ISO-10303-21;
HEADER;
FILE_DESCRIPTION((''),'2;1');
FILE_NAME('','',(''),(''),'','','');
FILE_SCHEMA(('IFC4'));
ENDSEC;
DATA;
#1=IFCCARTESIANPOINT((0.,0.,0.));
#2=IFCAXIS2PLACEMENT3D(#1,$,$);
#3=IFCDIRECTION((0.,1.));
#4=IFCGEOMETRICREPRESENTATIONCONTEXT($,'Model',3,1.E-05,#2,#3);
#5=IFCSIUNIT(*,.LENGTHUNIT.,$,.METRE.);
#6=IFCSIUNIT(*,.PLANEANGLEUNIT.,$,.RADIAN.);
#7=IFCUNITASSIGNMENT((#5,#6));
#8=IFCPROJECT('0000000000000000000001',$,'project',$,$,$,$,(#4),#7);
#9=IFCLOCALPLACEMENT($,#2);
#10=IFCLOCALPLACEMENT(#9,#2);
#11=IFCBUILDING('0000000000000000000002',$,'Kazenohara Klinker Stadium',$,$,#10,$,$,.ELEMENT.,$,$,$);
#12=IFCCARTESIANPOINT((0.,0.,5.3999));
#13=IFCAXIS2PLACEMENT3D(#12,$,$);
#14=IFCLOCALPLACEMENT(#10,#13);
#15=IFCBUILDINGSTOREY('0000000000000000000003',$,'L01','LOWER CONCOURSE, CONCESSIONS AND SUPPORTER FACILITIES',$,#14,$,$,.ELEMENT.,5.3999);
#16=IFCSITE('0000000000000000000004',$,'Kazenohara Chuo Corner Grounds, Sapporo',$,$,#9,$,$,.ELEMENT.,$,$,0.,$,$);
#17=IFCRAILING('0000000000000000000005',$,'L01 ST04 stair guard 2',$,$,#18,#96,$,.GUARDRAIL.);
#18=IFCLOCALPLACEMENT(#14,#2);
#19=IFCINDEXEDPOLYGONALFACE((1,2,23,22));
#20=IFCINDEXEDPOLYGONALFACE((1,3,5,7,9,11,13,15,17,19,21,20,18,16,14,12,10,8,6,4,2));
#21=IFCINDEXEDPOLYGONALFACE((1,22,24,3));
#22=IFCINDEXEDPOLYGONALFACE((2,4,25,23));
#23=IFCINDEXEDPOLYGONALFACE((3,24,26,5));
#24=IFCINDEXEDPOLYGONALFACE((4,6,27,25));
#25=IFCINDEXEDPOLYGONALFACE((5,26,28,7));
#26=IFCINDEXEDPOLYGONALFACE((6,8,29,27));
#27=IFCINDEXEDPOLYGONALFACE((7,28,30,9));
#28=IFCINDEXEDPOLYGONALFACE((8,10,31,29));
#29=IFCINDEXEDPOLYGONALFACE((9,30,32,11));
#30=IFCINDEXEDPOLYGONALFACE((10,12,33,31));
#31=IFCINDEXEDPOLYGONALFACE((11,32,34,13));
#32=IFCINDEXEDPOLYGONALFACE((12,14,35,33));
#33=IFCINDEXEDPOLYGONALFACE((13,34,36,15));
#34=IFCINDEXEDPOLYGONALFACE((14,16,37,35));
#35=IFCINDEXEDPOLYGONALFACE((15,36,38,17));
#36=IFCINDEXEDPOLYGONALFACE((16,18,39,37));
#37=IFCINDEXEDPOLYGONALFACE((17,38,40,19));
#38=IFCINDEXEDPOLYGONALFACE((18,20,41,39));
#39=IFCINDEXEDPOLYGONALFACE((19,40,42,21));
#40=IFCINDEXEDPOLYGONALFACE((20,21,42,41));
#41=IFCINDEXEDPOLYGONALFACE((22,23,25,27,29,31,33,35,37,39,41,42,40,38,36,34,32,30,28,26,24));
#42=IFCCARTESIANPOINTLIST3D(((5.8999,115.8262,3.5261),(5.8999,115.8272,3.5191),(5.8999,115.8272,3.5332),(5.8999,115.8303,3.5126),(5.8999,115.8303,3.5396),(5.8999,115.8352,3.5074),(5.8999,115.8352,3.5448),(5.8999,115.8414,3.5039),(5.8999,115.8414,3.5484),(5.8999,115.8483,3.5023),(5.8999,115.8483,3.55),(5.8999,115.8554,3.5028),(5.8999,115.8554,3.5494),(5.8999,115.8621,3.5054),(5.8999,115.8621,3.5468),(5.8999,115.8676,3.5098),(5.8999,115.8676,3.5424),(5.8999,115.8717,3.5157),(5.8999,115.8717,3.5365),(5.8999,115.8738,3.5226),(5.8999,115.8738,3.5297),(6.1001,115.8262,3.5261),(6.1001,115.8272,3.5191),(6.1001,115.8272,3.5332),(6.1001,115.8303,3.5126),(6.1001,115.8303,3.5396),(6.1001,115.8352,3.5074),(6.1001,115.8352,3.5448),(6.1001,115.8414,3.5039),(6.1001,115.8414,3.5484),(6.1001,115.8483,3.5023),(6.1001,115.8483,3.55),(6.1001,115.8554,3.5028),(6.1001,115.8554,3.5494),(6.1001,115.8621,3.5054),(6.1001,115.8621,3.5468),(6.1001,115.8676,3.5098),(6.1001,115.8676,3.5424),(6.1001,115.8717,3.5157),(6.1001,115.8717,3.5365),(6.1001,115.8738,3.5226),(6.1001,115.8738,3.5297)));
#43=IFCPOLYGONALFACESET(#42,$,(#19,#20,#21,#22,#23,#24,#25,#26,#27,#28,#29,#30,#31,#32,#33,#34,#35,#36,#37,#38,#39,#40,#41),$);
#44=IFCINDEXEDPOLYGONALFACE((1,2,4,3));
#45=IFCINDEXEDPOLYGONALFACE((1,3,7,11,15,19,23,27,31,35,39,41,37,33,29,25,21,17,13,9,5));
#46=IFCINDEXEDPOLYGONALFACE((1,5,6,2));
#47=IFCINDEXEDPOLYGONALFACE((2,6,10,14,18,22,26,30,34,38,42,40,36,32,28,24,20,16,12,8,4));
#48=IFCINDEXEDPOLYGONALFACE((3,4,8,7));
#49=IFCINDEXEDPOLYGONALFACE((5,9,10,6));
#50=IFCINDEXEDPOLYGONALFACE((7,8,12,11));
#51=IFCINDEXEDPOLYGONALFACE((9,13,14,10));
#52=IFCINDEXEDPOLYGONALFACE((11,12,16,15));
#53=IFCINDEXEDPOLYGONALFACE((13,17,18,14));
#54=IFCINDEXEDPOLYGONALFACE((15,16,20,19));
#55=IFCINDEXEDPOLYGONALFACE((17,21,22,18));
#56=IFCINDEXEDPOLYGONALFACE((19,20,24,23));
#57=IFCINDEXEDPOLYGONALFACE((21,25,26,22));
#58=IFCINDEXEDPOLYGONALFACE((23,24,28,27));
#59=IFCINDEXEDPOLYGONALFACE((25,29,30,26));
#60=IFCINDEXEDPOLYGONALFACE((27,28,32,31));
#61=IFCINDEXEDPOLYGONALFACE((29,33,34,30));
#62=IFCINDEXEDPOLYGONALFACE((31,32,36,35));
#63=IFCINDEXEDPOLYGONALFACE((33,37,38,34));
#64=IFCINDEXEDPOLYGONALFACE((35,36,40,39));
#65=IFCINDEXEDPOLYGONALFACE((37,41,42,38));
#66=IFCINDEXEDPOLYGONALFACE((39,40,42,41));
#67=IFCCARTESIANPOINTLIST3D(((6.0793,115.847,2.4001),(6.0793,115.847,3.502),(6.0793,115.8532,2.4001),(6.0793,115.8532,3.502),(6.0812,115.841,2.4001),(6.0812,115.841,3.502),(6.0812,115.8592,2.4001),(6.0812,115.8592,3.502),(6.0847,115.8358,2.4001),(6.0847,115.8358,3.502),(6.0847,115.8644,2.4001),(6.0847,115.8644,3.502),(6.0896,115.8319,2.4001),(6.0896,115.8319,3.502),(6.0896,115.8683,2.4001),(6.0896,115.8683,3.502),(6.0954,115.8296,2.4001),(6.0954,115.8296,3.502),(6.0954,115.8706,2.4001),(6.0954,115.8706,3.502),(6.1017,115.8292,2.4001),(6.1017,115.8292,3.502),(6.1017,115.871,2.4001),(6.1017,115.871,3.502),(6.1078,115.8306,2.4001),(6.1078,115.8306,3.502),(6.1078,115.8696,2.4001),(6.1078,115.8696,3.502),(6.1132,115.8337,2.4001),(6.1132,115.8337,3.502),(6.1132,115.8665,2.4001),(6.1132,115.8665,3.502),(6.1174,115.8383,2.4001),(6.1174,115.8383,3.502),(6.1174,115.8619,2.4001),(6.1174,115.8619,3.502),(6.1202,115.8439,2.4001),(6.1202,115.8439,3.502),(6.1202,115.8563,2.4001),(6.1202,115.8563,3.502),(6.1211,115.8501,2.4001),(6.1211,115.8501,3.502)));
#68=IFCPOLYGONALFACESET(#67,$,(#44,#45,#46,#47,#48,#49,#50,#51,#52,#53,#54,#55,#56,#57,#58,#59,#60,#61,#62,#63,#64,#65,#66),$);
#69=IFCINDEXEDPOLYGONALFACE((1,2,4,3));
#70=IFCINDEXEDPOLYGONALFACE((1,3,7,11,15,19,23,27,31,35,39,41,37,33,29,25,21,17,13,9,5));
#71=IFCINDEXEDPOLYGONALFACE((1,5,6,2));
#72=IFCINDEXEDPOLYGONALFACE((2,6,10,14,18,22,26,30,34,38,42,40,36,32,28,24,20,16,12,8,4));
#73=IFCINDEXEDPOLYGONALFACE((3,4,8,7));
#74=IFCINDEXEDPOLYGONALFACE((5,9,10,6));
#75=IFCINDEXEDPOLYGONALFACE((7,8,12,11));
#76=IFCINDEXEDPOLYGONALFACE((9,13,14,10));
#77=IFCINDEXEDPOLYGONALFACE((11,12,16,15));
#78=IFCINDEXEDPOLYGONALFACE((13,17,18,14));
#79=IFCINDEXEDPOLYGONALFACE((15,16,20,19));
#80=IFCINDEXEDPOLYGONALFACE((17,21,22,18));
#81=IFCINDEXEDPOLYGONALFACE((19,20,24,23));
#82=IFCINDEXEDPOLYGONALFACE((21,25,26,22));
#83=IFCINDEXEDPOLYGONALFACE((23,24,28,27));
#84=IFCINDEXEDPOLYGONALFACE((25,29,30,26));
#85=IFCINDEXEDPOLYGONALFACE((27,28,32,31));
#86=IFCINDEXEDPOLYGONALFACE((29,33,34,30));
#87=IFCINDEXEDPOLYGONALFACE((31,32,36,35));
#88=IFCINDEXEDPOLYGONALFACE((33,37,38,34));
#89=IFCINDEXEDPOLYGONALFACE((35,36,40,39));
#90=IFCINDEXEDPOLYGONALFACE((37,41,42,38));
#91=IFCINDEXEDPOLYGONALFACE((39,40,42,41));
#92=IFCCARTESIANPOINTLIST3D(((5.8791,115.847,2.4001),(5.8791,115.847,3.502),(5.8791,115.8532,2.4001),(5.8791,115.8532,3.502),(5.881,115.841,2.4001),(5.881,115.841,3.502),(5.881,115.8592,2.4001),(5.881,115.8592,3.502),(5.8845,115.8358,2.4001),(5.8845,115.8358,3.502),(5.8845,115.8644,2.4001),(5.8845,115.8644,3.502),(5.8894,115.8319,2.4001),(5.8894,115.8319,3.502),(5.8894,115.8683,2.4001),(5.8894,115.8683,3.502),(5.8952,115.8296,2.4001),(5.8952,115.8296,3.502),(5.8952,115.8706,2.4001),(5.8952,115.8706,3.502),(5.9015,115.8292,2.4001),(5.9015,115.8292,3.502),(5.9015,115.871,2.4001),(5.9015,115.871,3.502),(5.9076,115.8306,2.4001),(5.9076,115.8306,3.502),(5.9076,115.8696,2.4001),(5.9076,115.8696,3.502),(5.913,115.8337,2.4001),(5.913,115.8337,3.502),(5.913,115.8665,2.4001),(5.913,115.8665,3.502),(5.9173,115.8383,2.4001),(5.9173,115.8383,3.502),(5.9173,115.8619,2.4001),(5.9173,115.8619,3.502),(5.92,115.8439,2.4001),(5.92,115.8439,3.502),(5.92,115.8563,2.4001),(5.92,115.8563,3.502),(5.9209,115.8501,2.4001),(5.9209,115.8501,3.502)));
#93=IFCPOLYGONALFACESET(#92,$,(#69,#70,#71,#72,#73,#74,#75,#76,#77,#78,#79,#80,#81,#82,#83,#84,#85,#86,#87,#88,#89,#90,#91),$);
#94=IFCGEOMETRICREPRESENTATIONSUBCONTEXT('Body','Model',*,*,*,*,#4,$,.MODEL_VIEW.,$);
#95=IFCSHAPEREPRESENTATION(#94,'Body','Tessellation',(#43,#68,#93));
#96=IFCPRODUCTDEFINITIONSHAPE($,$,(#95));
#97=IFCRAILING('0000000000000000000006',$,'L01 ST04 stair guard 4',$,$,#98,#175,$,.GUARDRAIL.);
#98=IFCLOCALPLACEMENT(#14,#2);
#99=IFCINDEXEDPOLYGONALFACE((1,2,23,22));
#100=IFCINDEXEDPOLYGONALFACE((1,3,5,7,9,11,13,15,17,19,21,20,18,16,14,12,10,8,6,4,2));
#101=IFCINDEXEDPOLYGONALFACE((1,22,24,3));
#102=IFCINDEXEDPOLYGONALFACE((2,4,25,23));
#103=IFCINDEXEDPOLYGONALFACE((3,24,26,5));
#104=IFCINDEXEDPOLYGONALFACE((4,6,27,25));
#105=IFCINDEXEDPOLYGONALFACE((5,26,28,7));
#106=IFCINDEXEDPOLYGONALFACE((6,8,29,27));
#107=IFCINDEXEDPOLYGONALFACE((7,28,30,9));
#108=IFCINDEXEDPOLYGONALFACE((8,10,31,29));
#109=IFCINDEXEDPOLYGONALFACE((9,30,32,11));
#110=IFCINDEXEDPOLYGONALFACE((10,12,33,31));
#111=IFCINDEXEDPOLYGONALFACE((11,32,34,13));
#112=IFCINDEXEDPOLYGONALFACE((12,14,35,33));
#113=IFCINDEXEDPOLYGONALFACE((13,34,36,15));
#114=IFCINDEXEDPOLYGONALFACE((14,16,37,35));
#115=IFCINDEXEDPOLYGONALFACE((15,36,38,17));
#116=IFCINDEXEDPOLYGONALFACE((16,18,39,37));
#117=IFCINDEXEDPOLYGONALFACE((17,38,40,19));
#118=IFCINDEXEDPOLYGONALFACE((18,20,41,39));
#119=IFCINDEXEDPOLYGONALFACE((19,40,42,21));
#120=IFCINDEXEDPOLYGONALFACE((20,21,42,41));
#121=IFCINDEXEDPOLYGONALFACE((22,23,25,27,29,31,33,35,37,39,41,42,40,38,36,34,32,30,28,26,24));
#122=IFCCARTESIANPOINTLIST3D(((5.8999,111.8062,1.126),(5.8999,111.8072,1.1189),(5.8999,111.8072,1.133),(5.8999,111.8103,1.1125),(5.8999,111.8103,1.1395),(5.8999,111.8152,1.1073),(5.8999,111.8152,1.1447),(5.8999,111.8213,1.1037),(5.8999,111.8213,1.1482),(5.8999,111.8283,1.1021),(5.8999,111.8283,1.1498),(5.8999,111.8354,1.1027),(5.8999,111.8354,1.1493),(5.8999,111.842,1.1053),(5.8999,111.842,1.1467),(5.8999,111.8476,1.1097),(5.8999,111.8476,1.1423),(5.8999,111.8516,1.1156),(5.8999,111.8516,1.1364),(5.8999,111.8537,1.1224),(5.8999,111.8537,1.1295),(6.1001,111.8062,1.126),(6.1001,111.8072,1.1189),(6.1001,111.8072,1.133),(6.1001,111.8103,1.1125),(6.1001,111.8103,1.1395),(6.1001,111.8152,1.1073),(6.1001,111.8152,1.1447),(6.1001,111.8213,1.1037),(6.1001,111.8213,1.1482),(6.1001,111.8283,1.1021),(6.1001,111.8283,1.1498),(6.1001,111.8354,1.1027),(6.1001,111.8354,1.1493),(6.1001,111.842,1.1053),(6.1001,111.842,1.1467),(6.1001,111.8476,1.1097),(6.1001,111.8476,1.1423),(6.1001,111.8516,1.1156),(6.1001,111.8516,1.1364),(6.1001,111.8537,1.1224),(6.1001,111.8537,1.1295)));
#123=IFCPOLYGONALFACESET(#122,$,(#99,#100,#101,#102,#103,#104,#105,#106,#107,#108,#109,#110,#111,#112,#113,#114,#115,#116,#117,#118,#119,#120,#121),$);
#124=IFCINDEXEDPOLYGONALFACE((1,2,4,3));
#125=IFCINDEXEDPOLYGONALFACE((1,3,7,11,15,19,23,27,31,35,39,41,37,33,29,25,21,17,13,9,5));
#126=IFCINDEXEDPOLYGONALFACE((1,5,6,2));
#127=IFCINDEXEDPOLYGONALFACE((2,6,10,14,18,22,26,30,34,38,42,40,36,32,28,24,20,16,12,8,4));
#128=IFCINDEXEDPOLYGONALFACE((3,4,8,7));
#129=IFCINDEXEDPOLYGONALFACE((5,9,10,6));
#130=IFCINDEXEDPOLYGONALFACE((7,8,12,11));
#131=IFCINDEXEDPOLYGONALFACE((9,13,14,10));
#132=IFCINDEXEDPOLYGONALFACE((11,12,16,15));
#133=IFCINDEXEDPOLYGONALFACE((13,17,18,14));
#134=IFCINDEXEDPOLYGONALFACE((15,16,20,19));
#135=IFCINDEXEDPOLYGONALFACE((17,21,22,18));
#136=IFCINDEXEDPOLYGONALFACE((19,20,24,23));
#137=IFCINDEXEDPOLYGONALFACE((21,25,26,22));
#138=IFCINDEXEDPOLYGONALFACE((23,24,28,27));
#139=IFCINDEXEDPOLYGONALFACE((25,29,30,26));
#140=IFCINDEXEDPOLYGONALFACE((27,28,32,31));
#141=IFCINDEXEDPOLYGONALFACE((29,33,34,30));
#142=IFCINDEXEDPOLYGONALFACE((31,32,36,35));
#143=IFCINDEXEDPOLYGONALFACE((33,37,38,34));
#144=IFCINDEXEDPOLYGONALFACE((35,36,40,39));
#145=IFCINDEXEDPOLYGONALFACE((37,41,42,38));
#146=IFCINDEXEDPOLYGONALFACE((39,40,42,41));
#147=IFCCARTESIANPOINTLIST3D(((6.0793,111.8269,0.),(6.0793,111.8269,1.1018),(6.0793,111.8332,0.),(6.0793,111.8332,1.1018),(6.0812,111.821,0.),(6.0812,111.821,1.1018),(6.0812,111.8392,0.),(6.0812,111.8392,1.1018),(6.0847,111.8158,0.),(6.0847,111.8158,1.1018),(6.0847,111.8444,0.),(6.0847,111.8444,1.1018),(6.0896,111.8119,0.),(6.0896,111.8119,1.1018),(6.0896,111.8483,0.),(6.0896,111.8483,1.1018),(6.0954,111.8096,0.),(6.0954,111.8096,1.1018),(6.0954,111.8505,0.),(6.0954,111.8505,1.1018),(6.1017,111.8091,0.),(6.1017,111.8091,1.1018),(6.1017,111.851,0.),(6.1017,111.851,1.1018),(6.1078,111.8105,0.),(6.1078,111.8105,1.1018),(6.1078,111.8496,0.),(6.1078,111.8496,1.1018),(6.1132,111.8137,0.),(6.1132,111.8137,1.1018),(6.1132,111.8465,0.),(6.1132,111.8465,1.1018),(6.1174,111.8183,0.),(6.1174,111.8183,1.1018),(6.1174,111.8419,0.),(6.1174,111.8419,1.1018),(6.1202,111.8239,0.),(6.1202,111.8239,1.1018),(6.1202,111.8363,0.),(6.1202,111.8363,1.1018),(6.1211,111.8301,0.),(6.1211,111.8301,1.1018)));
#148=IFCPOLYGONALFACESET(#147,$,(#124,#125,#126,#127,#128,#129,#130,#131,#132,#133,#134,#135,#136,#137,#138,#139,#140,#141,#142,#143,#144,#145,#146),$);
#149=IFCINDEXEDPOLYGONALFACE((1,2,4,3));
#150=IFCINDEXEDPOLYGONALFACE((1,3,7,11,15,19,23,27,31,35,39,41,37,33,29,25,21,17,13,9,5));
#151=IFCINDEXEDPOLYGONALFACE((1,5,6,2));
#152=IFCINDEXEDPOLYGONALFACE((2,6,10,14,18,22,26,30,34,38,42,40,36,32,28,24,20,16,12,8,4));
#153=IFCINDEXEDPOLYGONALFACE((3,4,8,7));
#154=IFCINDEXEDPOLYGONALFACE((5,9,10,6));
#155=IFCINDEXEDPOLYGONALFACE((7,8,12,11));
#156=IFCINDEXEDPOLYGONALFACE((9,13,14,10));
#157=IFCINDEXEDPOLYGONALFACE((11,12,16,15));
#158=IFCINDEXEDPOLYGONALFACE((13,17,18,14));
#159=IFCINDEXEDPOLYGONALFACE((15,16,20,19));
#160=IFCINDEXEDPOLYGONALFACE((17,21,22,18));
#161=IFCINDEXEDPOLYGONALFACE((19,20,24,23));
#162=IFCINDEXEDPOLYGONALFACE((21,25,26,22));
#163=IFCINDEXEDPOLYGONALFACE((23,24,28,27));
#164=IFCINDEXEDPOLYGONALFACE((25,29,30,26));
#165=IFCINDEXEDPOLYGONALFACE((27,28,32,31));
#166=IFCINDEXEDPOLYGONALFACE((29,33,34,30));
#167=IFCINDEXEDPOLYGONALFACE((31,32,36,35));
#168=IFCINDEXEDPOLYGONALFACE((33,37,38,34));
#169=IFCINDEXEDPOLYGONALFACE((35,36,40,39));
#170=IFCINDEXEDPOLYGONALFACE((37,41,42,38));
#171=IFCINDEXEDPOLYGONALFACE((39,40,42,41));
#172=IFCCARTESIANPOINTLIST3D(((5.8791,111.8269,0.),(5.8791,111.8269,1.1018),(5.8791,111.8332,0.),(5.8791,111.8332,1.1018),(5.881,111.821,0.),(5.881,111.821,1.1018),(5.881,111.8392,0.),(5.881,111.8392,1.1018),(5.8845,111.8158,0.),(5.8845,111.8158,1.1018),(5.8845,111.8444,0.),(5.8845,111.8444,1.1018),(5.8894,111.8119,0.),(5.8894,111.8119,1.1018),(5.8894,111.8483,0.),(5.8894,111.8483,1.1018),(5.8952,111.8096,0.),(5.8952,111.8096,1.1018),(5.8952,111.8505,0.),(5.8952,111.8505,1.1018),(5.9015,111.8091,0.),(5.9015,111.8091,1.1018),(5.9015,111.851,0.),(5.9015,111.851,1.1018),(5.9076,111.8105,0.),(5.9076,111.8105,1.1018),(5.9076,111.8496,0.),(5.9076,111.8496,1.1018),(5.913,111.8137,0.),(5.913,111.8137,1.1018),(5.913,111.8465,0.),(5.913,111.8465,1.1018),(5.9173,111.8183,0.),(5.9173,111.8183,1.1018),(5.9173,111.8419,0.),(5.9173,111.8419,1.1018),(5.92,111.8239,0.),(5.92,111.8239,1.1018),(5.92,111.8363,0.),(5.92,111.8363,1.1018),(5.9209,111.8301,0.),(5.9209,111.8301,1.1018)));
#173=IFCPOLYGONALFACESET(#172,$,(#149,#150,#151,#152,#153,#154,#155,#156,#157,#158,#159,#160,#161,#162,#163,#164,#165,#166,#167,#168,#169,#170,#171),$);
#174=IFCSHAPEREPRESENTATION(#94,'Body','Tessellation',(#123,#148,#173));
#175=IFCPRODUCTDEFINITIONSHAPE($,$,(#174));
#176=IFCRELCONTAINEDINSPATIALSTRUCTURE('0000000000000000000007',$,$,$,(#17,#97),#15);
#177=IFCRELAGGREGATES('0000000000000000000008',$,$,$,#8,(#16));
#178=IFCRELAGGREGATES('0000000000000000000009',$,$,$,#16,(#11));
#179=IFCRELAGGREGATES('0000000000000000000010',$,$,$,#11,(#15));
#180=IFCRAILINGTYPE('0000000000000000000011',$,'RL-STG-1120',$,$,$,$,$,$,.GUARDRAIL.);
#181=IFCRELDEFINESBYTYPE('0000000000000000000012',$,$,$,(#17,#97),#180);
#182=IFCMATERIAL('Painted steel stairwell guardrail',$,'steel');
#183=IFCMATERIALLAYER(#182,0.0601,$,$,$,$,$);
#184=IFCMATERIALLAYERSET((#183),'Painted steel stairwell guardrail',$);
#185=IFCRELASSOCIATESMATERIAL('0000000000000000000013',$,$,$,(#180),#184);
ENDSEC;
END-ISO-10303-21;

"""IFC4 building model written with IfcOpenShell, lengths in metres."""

from ifc_helpers import new_model, si_unit, direction, frame, origin, origin_2d, place, context, subcontext, project, spatial, circle, extrude, material, layer, layer_set, type_object, element, save


model = new_model("IFC4")

# Units and contexts
model_context = context("Model", 3, precision=1e-05, world=origin(), true_north=direction((0.0, 1.0)))
body_context = subcontext(model_context, "Body", "Model", "MODEL_VIEW")
ifc_project = project(units=[si_unit("LENGTHUNIT", "METRE"), si_unit("PLANEANGLEUNIT", "RADIAN")], contexts=[model_context])

# Site, building, storey
site_placement = place(None, origin())
site = spatial("IfcSite", under=ifc_project, at=site_placement, Name="Kazenohara Chuo Corner Grounds, Sapporo", CompositionType="ELEMENT", RefElevation=0.0)
building_placement = place(site_placement, origin())
building = spatial("IfcBuilding", under=site, at=building_placement, Name="Kazenohara Klinker Stadium", CompositionType="ELEMENT")
storey_placement = place(building_placement, frame((0.0, 0.0, 5.3999)))
storey = spatial("IfcBuildingStorey", under=building, at=storey_placement, Name="L01", Description="LOWER CONCOURSE, CONCESSIONS AND SUPPORTER FACILITIES", CompositionType="ELEMENT", Elevation=5.3999)

# Railings
ifc_material_1 = material(Name="Painted steel stairwell guardrail", Category="steel")
ifc_layer_1 = layer(ifc_material_1, 0.0601)
ifc_layer_set_1 = layer_set([ifc_layer_1], Name="Painted steel stairwell guardrail")
railing_type_1 = type_object("IfcRailingType", Name="RL-STG-1120", PredefinedType="GUARDRAIL", material=ifc_layer_set_1)
for number, where, name in (
    (1, (6.1001, 115.8501, 2.4001), "L01 ST04 stair guard 2"),
    (2, (6.1001, 111.8301, 0.0), "L01 ST04 stair guard 4"),
):
    element("IfcRailing", number, at=place(storey_placement, frame(where)), inside=storey, type_object=railing_type_1, Name=name, PredefinedType="GUARDRAIL", context=body_context, shape_type="SweptSolid", body=[
        extrude(circle(Radius=0.0239, at=origin_2d()), frame((0.0, 0.0, 1.126), z_axis=(-1.0, 0.0, 0.0), x_axis=(0.0, -1.0, 0.0)), (0.0, 0.0, 1.0), 0.2002),
        extrude(circle(Radius=0.021, at=origin_2d()), origin(), (0.0, 0.0, 1.0), 1.1018),
        extrude(circle(Radius=0.021, at=origin_2d()), frame((-0.2002, 0.0, 0.0)), (0.0, 0.0, 1.0), 1.1018),
    ])

save(model, "model.ifc")
